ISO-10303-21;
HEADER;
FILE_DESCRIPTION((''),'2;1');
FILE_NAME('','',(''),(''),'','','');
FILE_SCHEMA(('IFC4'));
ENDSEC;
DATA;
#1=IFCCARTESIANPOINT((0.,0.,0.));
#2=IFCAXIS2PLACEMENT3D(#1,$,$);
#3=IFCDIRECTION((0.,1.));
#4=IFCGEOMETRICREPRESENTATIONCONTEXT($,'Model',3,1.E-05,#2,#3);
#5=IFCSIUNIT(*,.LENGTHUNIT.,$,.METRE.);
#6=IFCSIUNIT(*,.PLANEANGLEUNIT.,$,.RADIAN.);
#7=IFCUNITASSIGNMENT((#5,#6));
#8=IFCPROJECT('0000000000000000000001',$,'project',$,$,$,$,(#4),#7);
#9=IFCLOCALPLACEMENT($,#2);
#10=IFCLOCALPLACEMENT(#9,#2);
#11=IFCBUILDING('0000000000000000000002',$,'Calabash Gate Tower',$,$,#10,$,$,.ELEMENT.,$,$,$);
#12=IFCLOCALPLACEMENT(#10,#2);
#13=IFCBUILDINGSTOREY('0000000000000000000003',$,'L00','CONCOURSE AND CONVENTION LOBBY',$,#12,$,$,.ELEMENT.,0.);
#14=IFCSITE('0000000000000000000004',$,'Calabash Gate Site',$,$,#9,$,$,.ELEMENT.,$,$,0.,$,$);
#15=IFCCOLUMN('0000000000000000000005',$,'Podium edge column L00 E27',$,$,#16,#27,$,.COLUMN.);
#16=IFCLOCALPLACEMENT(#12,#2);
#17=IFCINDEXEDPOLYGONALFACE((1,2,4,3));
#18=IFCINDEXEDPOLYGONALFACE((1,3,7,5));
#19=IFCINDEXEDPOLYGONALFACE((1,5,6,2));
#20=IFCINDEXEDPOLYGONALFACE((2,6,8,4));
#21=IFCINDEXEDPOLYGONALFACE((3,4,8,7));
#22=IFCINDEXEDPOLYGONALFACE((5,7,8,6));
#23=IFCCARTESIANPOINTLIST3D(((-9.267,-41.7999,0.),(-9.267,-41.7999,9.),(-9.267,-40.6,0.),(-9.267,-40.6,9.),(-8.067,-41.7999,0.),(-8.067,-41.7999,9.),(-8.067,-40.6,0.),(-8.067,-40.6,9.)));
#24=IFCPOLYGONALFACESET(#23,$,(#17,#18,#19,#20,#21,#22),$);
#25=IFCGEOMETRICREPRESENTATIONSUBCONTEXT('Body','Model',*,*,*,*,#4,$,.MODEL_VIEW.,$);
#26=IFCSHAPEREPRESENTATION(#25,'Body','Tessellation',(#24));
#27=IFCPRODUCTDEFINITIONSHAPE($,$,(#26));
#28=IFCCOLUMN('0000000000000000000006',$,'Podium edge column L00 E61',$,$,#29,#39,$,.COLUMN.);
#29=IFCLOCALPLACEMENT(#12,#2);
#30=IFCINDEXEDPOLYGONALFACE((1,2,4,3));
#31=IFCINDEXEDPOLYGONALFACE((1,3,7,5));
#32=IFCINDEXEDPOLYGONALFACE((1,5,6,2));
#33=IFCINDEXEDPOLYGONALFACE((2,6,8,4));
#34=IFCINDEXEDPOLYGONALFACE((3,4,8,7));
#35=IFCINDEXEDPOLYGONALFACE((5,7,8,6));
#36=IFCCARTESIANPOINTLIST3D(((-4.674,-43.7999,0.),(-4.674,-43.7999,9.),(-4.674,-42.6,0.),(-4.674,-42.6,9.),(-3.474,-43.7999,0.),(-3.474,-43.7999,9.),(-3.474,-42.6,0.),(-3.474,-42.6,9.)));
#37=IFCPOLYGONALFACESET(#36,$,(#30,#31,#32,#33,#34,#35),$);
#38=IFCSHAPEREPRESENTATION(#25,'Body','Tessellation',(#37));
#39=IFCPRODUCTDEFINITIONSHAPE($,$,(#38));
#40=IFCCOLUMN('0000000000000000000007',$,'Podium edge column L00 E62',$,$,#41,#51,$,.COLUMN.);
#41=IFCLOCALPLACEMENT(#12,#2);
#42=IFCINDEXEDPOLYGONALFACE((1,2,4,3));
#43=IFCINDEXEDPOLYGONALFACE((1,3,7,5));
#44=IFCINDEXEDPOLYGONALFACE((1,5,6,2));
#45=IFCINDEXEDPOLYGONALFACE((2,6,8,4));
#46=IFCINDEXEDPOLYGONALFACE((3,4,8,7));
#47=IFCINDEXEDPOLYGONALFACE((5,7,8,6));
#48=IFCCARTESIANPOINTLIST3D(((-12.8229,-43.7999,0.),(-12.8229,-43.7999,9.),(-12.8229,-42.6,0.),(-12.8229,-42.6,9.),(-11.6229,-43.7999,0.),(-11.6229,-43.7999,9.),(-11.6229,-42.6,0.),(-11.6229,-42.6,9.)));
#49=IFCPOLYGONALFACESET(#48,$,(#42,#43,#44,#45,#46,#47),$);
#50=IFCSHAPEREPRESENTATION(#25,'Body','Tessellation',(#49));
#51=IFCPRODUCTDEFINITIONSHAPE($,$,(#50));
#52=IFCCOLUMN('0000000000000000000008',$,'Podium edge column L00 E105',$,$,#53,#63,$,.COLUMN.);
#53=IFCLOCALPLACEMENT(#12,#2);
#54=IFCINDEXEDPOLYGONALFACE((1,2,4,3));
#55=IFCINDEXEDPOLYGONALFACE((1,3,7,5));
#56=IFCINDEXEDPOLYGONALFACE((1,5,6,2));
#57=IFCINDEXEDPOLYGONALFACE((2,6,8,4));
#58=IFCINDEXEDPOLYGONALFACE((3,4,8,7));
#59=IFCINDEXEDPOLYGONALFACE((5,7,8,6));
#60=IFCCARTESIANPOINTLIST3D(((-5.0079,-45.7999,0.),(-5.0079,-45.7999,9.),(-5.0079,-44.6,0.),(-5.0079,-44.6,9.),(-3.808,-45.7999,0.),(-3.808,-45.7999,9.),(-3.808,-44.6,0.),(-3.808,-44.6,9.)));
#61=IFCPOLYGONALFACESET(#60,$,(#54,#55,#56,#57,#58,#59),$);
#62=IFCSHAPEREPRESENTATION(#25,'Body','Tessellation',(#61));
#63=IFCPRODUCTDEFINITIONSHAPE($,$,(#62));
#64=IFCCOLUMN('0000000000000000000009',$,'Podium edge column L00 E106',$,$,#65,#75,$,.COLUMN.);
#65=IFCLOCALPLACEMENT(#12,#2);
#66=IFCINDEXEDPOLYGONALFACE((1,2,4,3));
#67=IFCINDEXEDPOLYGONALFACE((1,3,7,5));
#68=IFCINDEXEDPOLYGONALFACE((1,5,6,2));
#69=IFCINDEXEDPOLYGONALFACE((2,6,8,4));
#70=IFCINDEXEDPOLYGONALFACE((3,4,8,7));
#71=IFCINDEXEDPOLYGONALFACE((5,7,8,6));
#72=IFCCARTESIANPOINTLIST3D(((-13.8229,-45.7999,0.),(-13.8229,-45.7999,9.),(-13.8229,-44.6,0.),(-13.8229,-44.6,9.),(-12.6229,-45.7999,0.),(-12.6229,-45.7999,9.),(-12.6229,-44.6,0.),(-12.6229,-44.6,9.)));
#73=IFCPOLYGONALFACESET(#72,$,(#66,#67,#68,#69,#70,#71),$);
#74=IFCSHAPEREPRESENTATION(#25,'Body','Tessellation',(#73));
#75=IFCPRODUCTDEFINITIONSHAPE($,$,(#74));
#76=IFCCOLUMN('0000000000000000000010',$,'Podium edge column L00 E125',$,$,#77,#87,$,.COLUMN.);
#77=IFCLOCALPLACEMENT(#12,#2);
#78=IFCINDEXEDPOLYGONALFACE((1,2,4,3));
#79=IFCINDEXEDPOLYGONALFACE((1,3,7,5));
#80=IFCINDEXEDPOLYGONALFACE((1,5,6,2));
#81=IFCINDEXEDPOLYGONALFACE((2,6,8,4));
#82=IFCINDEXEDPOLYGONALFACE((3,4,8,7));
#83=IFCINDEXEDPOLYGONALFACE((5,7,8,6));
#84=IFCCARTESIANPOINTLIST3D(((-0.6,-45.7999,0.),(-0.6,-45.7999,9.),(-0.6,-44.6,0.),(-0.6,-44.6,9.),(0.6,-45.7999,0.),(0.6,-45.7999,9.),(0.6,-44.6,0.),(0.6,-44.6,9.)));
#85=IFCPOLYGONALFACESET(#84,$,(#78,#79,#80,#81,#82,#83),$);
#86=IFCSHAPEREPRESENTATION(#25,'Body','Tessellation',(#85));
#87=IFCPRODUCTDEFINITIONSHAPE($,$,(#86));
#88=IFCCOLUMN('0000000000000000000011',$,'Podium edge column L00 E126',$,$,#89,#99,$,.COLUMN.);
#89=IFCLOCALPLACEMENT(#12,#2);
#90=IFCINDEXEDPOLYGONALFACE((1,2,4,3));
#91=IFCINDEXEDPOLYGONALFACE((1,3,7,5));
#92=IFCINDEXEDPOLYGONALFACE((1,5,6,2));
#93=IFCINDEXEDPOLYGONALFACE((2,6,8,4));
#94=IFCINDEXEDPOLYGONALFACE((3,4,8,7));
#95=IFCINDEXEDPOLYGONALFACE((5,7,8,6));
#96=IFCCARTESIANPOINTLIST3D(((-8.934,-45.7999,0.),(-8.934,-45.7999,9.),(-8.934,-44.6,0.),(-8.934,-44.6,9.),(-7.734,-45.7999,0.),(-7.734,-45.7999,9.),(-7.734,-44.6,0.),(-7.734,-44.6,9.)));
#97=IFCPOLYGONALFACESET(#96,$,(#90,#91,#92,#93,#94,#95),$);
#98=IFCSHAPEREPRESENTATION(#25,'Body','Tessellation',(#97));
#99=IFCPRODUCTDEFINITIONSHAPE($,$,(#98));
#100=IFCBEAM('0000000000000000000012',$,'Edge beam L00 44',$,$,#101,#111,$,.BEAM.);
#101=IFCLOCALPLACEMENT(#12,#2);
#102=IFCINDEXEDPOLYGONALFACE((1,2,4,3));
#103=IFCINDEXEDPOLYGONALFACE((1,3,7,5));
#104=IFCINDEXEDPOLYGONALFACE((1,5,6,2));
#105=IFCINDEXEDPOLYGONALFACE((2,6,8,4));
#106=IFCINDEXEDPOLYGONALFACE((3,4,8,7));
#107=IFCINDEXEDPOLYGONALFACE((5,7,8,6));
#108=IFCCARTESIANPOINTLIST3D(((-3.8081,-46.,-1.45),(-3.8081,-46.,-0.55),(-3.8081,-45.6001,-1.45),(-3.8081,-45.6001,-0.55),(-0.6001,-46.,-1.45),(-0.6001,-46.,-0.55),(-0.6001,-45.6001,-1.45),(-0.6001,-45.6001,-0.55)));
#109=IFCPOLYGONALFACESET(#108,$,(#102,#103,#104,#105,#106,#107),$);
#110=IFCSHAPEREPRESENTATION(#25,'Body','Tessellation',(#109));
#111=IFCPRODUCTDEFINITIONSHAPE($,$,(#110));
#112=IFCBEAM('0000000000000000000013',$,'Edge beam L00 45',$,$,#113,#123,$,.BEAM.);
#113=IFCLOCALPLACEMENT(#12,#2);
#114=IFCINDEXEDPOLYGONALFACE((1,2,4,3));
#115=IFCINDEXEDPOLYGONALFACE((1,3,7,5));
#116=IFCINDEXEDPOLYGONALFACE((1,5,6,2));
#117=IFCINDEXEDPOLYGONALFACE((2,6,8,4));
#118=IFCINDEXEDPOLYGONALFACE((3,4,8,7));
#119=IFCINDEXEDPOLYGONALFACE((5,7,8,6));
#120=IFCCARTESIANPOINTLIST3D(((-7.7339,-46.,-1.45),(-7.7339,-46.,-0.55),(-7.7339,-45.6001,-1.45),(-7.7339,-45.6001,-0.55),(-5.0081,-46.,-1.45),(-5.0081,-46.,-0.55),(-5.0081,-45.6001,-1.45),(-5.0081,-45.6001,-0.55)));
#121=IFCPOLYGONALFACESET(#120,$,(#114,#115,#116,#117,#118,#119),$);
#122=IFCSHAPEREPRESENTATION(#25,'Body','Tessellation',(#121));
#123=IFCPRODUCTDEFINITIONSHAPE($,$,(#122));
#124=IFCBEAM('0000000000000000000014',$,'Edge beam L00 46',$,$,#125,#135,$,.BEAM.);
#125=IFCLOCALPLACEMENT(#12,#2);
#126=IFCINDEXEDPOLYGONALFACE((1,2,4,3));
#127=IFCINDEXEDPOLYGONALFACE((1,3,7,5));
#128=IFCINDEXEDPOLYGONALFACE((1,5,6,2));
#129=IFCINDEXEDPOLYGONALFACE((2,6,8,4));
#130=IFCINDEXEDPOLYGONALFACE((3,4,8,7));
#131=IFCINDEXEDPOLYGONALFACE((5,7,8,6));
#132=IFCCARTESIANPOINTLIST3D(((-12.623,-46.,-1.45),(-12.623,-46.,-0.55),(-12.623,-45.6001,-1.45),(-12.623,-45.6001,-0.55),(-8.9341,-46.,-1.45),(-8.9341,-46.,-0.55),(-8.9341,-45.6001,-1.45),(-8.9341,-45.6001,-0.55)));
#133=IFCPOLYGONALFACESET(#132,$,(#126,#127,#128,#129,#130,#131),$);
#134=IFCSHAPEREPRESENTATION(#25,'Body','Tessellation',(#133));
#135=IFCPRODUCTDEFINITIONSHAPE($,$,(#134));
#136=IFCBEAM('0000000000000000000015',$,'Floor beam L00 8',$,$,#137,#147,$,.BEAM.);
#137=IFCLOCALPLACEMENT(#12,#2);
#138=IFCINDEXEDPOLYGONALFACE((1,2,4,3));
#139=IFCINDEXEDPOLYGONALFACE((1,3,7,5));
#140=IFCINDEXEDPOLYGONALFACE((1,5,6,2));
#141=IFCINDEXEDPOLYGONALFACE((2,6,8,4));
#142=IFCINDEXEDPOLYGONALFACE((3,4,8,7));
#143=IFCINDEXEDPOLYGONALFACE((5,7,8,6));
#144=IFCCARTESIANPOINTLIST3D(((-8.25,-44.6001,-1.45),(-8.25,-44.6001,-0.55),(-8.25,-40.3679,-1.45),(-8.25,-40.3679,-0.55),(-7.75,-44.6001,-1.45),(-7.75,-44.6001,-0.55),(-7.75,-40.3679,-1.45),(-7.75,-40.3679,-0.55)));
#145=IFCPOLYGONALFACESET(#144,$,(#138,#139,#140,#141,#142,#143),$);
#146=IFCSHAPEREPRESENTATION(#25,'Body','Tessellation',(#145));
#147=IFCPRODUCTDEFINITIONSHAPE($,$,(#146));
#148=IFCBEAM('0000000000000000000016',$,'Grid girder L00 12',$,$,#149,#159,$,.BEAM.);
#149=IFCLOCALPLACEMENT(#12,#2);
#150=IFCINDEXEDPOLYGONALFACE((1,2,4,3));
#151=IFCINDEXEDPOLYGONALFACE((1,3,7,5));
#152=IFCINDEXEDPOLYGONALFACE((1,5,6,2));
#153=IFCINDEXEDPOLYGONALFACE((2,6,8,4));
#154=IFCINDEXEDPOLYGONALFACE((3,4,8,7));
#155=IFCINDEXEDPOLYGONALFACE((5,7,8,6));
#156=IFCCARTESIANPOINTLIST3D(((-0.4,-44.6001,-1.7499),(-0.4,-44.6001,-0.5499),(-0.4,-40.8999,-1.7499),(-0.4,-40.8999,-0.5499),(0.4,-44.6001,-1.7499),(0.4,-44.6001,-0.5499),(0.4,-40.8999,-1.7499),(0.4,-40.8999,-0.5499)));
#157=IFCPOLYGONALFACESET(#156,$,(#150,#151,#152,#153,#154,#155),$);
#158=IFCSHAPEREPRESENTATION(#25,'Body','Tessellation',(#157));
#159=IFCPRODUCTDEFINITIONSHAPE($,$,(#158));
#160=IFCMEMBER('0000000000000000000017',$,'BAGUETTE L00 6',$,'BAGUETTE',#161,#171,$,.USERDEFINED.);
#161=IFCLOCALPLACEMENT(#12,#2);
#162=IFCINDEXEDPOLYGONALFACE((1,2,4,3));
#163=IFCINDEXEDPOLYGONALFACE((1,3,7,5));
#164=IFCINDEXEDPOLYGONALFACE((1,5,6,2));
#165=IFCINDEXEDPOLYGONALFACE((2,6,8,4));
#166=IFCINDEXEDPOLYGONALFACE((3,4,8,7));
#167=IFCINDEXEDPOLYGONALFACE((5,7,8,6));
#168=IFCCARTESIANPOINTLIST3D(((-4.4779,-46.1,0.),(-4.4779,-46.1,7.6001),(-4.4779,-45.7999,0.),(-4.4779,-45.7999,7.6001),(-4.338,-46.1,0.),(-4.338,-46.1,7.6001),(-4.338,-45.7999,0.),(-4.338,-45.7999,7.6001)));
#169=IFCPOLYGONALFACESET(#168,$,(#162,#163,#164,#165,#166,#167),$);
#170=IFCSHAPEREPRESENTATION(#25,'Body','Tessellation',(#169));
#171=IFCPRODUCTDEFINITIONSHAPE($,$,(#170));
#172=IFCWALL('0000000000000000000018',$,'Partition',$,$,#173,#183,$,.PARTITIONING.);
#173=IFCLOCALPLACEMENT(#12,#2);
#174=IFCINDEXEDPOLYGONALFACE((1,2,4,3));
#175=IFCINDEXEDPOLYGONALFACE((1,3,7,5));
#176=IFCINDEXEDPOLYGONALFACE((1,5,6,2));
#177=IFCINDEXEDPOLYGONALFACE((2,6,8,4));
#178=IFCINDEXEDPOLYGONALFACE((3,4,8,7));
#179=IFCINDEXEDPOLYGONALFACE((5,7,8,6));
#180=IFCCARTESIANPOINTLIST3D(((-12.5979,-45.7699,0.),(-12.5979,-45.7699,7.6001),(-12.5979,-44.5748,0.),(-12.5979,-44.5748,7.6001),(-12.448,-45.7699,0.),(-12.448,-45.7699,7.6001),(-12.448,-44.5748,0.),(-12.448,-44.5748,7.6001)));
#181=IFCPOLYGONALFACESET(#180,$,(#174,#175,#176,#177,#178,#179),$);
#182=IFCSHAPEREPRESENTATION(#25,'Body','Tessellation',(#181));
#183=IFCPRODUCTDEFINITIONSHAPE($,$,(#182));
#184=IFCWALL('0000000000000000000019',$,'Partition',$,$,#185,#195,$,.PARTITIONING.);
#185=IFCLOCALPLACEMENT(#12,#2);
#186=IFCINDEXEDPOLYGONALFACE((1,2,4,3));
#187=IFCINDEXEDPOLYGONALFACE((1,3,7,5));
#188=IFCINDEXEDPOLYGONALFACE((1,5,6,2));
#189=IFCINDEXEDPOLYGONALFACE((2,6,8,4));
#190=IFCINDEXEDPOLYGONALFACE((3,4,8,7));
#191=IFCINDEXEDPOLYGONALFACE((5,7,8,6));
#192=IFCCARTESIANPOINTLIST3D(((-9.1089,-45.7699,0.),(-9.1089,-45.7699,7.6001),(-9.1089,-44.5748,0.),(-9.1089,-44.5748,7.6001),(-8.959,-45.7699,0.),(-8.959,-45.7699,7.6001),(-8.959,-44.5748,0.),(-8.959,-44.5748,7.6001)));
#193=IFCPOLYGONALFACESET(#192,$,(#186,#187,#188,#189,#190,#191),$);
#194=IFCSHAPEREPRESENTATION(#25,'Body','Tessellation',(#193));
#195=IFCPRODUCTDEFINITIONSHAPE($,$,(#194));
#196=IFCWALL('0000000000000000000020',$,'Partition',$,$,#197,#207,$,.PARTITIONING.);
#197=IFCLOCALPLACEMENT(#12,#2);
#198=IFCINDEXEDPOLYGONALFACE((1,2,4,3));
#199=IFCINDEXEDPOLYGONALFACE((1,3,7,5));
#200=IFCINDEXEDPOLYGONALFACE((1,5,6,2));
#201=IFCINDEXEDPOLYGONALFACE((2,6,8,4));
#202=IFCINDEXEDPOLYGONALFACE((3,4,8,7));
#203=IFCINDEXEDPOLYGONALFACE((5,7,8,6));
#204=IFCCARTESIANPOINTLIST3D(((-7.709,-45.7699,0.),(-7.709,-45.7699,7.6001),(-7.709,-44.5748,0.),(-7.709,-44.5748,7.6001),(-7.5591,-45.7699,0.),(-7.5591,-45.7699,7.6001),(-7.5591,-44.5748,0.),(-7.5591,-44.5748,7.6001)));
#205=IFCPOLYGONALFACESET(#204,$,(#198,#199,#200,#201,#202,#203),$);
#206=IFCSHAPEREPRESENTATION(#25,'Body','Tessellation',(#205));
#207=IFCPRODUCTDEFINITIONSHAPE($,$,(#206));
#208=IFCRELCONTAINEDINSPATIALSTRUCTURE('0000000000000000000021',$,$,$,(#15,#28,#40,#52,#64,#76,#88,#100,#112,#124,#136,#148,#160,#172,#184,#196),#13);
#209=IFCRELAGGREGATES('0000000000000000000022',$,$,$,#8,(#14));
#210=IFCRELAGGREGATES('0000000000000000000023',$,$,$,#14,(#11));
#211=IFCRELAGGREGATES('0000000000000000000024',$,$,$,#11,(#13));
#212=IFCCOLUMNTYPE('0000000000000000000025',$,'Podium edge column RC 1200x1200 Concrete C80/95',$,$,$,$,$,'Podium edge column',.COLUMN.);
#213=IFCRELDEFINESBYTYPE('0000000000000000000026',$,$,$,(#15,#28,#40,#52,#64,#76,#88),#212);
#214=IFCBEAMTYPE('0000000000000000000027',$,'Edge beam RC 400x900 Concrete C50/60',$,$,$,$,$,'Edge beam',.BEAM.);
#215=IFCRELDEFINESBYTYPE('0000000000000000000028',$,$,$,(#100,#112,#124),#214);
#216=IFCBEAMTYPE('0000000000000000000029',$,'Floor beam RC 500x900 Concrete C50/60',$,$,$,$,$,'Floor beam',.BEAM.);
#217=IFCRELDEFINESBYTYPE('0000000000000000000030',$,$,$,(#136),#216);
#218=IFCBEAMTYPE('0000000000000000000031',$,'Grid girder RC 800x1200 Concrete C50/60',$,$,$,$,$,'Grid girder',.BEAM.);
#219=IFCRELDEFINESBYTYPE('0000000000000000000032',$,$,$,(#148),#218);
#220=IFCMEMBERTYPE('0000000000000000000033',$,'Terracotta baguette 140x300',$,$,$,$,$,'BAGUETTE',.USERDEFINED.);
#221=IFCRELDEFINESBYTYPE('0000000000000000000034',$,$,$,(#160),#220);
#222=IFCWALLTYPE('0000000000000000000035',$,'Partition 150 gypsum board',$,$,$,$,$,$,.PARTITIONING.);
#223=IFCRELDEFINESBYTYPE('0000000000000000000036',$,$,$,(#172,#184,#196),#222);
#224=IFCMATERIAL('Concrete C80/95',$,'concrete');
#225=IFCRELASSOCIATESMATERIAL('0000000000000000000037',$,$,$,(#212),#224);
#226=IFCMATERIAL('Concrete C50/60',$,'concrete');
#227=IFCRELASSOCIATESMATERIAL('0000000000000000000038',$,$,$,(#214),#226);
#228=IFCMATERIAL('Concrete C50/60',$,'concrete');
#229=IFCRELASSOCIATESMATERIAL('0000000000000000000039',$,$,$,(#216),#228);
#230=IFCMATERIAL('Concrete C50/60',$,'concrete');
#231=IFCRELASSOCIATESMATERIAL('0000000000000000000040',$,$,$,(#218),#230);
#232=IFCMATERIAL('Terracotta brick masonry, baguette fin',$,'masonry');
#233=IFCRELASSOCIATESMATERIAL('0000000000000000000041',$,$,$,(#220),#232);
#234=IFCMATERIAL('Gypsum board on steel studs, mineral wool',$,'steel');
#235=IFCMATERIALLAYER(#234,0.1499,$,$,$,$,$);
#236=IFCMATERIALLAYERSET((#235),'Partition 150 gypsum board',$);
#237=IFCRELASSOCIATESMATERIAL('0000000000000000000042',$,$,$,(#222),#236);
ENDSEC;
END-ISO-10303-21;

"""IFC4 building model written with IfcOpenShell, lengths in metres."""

from ifc_helpers import new_model, si_unit, direction, frame, frame_2d, origin, origin_2d, place, context, subcontext, project, spatial, rectangle, extrude, material, layer, layer_set, material_profile, profile_set, type_object, element, save


model = new_model("IFC4")

# Units and contexts
model_context = context("Model", 3, precision=1e-05, world=origin(), true_north=direction((0.0, 1.0)))
body_context = subcontext(model_context, "Body", "Model", "MODEL_VIEW")
ifc_project = project(units=[si_unit("LENGTHUNIT", "METRE"), si_unit("PLANEANGLEUNIT", "RADIAN")], contexts=[model_context])

# Site, building, storey
site_placement = place(None, origin())
site = spatial("IfcSite", under=ifc_project, at=site_placement, Name="Calabash Gate Site", CompositionType="ELEMENT", RefElevation=0.0)
building_placement = place(site_placement, origin())
building = spatial("IfcBuilding", under=site, at=building_placement, Name="Calabash Gate Tower", CompositionType="ELEMENT")
storey_placement = place(building_placement, origin())
storey = spatial("IfcBuildingStorey", under=building, at=storey_placement, Name="L00", Description="CONCOURSE AND CONVENTION LOBBY", CompositionType="ELEMENT", Elevation=0.0)

# Columns
ifc_material_1 = material(Name="Concrete C80/95", Category="concrete")
ifc_material_profile_1 = material_profile(ifc_material_1, rectangle(XDim=1.2, YDim=1.2, at=origin_2d()))
ifc_profile_set_1 = profile_set([ifc_material_profile_1], Name="Concrete C80/95")
column_type = type_object("IfcColumnType", Name="Podium edge column RC 1200x1200 Concrete C80/95", ElementType="Podium edge column", PredefinedType="COLUMN", material=ifc_profile_set_1)
for number, where, z_axis, x_axis, name in (
    (1, (-8.667, -41.2, 0.0), (0.0, 0.0, 1.0), (1.0, 0.0, 0.0), "Podium edge column L00 E27"),
    (2, (-4.074, -43.2, 0.0), (0.0, 0.0, 1.0), (1.0, 0.0, 0.0), "Podium edge column L00 E61"),
    (3, (-12.2229, -43.2, 0.0), (0.0, 0.0, 1.0), (1.0, 0.0, 0.0), "Podium edge column L00 E62"),
    (4, (-4.408, -45.2, 0.0), (0.0, 0.0, 1.0), (1.0, 0.0, 0.0), "Podium edge column L00 E105"),
    (5, (-13.2229, -45.2, 0.0), (0.0, 0.0, 1.0), (1.0, 0.0, 0.0), "Podium edge column L00 E106"),
    (6, (0.0, -45.2, 0.0), (0.0, 0.0, 1.0), (1.0, 0.0, 0.0), "Podium edge column L00 E125"),
    (7, (-8.334, -45.2, 0.0), (0.0, 0.0, 1.0), (1.0, 0.0, 0.0), "Podium edge column L00 E126"),
):
    element("IfcColumn", number, at=place(storey_placement, frame(where, z_axis=z_axis, x_axis=x_axis)), inside=storey, type_object=column_type, Name=name, PredefinedType="COLUMN", context=body_context, shape_type="SweptSolid", body=[
        extrude(rectangle(XDim=1.2, YDim=1.2, at=origin_2d()), origin(), (0.0, 0.0, 1.0), 9.0),
    ])

# Beams
ifc_material_2 = material(Name="Concrete C50/60", Category="concrete")
ifc_material_profile_2 = material_profile(ifc_material_2, rectangle(XDim=0.3999, YDim=0.8999, at=origin_2d()))
ifc_profile_set_2 = profile_set([ifc_material_profile_2], Name="Concrete C50/60")
beam_type_1 = type_object("IfcBeamType", Name="Edge beam RC 400x900 Concrete C50/60", ElementType="Edge beam", PredefinedType="BEAM", material=ifc_profile_set_2)
beam_1_placement = place(storey_placement, frame((-0.6001, -45.8, -1.0), z_axis=(-1.0, 0.0, 0.0), x_axis=(0.0, -1.0, 0.0)))
element("IfcBeam", 8, at=beam_1_placement, inside=storey, type_object=beam_type_1, Name="Edge beam L00 44", PredefinedType="BEAM", context=body_context, shape_type="SweptSolid", body=[
    extrude(rectangle(XDim=0.3999, YDim=0.8999, at=origin_2d()), origin(), (0.0, 0.0, 1.0), 3.208),
])
beam_2_placement = place(storey_placement, frame((-5.0081, -45.8, -1.0), z_axis=(-1.0, 0.0, 0.0), x_axis=(0.0, -1.0, 0.0)))
element("IfcBeam", 9, at=beam_2_placement, inside=storey, type_object=beam_type_1, Name="Edge beam L00 45", PredefinedType="BEAM", context=body_context, shape_type="SweptSolid", body=[
    extrude(rectangle(XDim=0.3999, YDim=0.8999, at=origin_2d()), origin(), (0.0, 0.0, 1.0), 2.7258),
])
beam_3_placement = place(storey_placement, frame((-8.9341, -45.8, -1.0), z_axis=(-1.0, 0.0, 0.0), x_axis=(0.0, -1.0, 0.0)))
element("IfcBeam", 10, at=beam_3_placement, inside=storey, type_object=beam_type_1, Name="Edge beam L00 46", PredefinedType="BEAM", context=body_context, shape_type="SweptSolid", body=[
    extrude(rectangle(XDim=0.3999, YDim=0.8999, at=origin_2d()), origin(), (0.0, 0.0, 1.0), 3.689),
])
ifc_material_3 = material(Name="Concrete C50/60", Category="concrete")
ifc_material_profile_3 = material_profile(ifc_material_3, rectangle(XDim=0.5, YDim=0.8999, at=origin_2d()))
ifc_profile_set_3 = profile_set([ifc_material_profile_3], Name="Concrete C50/60")
beam_type_2 = type_object("IfcBeamType", Name="Floor beam RC 500x900 Concrete C50/60", ElementType="Floor beam", PredefinedType="BEAM", material=ifc_profile_set_3)
beam_4_placement = place(storey_placement, frame((-8.0, -44.6001, -1.0), z_axis=(0.0, 1.0, 0.0), x_axis=(-1.0, 0.0, 0.0)))
element("IfcBeam", 11, at=beam_4_placement, inside=storey, type_object=beam_type_2, Name="Floor beam L00 8", PredefinedType="BEAM", context=body_context, shape_type="SweptSolid", body=[
    extrude(rectangle(XDim=0.5, YDim=0.8999, at=origin_2d()), origin(), (0.0, 0.0, 1.0), 4.2322),
])
ifc_material_4 = material(Name="Concrete C50/60", Category="concrete")
ifc_material_profile_4 = material_profile(ifc_material_4, rectangle(XDim=0.8, YDim=1.2, at=origin_2d()))
ifc_profile_set_4 = profile_set([ifc_material_profile_4], Name="Concrete C50/60")
beam_type_3 = type_object("IfcBeamType", Name="Grid girder RC 800x1200 Concrete C50/60", ElementType="Grid girder", PredefinedType="BEAM", material=ifc_profile_set_4)
beam_5_placement = place(storey_placement, frame((0.0, -44.6001, -1.1499), z_axis=(0.0, 1.0, 0.0), x_axis=(-1.0, 0.0, 0.0)))
element("IfcBeam", 12, at=beam_5_placement, inside=storey, type_object=beam_type_3, Name="Grid girder L00 12", PredefinedType="BEAM", context=body_context, shape_type="SweptSolid", body=[
    extrude(rectangle(XDim=0.8, YDim=1.2, at=origin_2d()), origin(), (0.0, 0.0, 1.0), 3.7002),
])

# Member
ifc_material_5 = material(Name="Terracotta brick masonry, baguette fin", Category="masonry")
ifc_material_profile_5 = material_profile(ifc_material_5, rectangle(XDim=0.1399, YDim=0.3, at=origin_2d()))
ifc_profile_set_5 = profile_set([ifc_material_profile_5], Name="Terracotta brick masonry, baguette fin")
member_type = type_object("IfcMemberType", Name="Terracotta baguette 140x300", ElementType="BAGUETTE", PredefinedType="USERDEFINED", material=ifc_profile_set_5)
member_placement = place(storey_placement, frame((-4.408, -45.95, 0.0), z_axis=(0.0, 0.0, 1.0), x_axis=(1.0, 0.0, 0.0)))
element("IfcMember", 13, at=member_placement, inside=storey, type_object=member_type, Name="BAGUETTE L00 6", ObjectType="BAGUETTE", PredefinedType="USERDEFINED", context=body_context, shape_type="SweptSolid", body=[
    extrude(rectangle(XDim=0.1399, YDim=0.3, at=origin_2d()), origin(), (0.0, 0.0, 1.0), 7.6001),
])

# Walls
ifc_material_6 = material(Name="Gypsum board on steel studs, mineral wool", Category="steel")
ifc_layer_1 = layer(ifc_material_6, 0.1499)
ifc_layer_set_1 = layer_set([ifc_layer_1], Name="Partition 150 gypsum board")
wall_type_1 = type_object("IfcWallType", Name="Partition 150 gypsum board", PredefinedType="PARTITIONING", material=ifc_layer_set_1)
for number, where, z_axis, x_axis, name in (
    (14, (-12.5229, -45.77, 0.0), (0.0, 0.0, 1.0), (0.0, 1.0, 0.0), "Partition"),
    (15, (-9.0339, -45.77, 0.0), (0.0, 0.0, 1.0), (0.0, 1.0, 0.0), "Partition"),
    (16, (-7.634, -45.77, 0.0), (0.0, 0.0, 1.0), (0.0, 1.0, 0.0), "Partition"),
):
    element("IfcWall", number, at=place(storey_placement, frame(where, z_axis=z_axis, x_axis=x_axis)), inside=storey, type_object=wall_type_1, Name=name, PredefinedType="PARTITIONING", context=body_context, shape_type="SweptSolid", body=[
        extrude(rectangle(XDim=1.1951, YDim=0.1499, at=frame_2d((0.5977, 0.0))), origin(), (0.0, 0.0, 1.0), 7.6001),
    ])

save(model, "model.ifc")
